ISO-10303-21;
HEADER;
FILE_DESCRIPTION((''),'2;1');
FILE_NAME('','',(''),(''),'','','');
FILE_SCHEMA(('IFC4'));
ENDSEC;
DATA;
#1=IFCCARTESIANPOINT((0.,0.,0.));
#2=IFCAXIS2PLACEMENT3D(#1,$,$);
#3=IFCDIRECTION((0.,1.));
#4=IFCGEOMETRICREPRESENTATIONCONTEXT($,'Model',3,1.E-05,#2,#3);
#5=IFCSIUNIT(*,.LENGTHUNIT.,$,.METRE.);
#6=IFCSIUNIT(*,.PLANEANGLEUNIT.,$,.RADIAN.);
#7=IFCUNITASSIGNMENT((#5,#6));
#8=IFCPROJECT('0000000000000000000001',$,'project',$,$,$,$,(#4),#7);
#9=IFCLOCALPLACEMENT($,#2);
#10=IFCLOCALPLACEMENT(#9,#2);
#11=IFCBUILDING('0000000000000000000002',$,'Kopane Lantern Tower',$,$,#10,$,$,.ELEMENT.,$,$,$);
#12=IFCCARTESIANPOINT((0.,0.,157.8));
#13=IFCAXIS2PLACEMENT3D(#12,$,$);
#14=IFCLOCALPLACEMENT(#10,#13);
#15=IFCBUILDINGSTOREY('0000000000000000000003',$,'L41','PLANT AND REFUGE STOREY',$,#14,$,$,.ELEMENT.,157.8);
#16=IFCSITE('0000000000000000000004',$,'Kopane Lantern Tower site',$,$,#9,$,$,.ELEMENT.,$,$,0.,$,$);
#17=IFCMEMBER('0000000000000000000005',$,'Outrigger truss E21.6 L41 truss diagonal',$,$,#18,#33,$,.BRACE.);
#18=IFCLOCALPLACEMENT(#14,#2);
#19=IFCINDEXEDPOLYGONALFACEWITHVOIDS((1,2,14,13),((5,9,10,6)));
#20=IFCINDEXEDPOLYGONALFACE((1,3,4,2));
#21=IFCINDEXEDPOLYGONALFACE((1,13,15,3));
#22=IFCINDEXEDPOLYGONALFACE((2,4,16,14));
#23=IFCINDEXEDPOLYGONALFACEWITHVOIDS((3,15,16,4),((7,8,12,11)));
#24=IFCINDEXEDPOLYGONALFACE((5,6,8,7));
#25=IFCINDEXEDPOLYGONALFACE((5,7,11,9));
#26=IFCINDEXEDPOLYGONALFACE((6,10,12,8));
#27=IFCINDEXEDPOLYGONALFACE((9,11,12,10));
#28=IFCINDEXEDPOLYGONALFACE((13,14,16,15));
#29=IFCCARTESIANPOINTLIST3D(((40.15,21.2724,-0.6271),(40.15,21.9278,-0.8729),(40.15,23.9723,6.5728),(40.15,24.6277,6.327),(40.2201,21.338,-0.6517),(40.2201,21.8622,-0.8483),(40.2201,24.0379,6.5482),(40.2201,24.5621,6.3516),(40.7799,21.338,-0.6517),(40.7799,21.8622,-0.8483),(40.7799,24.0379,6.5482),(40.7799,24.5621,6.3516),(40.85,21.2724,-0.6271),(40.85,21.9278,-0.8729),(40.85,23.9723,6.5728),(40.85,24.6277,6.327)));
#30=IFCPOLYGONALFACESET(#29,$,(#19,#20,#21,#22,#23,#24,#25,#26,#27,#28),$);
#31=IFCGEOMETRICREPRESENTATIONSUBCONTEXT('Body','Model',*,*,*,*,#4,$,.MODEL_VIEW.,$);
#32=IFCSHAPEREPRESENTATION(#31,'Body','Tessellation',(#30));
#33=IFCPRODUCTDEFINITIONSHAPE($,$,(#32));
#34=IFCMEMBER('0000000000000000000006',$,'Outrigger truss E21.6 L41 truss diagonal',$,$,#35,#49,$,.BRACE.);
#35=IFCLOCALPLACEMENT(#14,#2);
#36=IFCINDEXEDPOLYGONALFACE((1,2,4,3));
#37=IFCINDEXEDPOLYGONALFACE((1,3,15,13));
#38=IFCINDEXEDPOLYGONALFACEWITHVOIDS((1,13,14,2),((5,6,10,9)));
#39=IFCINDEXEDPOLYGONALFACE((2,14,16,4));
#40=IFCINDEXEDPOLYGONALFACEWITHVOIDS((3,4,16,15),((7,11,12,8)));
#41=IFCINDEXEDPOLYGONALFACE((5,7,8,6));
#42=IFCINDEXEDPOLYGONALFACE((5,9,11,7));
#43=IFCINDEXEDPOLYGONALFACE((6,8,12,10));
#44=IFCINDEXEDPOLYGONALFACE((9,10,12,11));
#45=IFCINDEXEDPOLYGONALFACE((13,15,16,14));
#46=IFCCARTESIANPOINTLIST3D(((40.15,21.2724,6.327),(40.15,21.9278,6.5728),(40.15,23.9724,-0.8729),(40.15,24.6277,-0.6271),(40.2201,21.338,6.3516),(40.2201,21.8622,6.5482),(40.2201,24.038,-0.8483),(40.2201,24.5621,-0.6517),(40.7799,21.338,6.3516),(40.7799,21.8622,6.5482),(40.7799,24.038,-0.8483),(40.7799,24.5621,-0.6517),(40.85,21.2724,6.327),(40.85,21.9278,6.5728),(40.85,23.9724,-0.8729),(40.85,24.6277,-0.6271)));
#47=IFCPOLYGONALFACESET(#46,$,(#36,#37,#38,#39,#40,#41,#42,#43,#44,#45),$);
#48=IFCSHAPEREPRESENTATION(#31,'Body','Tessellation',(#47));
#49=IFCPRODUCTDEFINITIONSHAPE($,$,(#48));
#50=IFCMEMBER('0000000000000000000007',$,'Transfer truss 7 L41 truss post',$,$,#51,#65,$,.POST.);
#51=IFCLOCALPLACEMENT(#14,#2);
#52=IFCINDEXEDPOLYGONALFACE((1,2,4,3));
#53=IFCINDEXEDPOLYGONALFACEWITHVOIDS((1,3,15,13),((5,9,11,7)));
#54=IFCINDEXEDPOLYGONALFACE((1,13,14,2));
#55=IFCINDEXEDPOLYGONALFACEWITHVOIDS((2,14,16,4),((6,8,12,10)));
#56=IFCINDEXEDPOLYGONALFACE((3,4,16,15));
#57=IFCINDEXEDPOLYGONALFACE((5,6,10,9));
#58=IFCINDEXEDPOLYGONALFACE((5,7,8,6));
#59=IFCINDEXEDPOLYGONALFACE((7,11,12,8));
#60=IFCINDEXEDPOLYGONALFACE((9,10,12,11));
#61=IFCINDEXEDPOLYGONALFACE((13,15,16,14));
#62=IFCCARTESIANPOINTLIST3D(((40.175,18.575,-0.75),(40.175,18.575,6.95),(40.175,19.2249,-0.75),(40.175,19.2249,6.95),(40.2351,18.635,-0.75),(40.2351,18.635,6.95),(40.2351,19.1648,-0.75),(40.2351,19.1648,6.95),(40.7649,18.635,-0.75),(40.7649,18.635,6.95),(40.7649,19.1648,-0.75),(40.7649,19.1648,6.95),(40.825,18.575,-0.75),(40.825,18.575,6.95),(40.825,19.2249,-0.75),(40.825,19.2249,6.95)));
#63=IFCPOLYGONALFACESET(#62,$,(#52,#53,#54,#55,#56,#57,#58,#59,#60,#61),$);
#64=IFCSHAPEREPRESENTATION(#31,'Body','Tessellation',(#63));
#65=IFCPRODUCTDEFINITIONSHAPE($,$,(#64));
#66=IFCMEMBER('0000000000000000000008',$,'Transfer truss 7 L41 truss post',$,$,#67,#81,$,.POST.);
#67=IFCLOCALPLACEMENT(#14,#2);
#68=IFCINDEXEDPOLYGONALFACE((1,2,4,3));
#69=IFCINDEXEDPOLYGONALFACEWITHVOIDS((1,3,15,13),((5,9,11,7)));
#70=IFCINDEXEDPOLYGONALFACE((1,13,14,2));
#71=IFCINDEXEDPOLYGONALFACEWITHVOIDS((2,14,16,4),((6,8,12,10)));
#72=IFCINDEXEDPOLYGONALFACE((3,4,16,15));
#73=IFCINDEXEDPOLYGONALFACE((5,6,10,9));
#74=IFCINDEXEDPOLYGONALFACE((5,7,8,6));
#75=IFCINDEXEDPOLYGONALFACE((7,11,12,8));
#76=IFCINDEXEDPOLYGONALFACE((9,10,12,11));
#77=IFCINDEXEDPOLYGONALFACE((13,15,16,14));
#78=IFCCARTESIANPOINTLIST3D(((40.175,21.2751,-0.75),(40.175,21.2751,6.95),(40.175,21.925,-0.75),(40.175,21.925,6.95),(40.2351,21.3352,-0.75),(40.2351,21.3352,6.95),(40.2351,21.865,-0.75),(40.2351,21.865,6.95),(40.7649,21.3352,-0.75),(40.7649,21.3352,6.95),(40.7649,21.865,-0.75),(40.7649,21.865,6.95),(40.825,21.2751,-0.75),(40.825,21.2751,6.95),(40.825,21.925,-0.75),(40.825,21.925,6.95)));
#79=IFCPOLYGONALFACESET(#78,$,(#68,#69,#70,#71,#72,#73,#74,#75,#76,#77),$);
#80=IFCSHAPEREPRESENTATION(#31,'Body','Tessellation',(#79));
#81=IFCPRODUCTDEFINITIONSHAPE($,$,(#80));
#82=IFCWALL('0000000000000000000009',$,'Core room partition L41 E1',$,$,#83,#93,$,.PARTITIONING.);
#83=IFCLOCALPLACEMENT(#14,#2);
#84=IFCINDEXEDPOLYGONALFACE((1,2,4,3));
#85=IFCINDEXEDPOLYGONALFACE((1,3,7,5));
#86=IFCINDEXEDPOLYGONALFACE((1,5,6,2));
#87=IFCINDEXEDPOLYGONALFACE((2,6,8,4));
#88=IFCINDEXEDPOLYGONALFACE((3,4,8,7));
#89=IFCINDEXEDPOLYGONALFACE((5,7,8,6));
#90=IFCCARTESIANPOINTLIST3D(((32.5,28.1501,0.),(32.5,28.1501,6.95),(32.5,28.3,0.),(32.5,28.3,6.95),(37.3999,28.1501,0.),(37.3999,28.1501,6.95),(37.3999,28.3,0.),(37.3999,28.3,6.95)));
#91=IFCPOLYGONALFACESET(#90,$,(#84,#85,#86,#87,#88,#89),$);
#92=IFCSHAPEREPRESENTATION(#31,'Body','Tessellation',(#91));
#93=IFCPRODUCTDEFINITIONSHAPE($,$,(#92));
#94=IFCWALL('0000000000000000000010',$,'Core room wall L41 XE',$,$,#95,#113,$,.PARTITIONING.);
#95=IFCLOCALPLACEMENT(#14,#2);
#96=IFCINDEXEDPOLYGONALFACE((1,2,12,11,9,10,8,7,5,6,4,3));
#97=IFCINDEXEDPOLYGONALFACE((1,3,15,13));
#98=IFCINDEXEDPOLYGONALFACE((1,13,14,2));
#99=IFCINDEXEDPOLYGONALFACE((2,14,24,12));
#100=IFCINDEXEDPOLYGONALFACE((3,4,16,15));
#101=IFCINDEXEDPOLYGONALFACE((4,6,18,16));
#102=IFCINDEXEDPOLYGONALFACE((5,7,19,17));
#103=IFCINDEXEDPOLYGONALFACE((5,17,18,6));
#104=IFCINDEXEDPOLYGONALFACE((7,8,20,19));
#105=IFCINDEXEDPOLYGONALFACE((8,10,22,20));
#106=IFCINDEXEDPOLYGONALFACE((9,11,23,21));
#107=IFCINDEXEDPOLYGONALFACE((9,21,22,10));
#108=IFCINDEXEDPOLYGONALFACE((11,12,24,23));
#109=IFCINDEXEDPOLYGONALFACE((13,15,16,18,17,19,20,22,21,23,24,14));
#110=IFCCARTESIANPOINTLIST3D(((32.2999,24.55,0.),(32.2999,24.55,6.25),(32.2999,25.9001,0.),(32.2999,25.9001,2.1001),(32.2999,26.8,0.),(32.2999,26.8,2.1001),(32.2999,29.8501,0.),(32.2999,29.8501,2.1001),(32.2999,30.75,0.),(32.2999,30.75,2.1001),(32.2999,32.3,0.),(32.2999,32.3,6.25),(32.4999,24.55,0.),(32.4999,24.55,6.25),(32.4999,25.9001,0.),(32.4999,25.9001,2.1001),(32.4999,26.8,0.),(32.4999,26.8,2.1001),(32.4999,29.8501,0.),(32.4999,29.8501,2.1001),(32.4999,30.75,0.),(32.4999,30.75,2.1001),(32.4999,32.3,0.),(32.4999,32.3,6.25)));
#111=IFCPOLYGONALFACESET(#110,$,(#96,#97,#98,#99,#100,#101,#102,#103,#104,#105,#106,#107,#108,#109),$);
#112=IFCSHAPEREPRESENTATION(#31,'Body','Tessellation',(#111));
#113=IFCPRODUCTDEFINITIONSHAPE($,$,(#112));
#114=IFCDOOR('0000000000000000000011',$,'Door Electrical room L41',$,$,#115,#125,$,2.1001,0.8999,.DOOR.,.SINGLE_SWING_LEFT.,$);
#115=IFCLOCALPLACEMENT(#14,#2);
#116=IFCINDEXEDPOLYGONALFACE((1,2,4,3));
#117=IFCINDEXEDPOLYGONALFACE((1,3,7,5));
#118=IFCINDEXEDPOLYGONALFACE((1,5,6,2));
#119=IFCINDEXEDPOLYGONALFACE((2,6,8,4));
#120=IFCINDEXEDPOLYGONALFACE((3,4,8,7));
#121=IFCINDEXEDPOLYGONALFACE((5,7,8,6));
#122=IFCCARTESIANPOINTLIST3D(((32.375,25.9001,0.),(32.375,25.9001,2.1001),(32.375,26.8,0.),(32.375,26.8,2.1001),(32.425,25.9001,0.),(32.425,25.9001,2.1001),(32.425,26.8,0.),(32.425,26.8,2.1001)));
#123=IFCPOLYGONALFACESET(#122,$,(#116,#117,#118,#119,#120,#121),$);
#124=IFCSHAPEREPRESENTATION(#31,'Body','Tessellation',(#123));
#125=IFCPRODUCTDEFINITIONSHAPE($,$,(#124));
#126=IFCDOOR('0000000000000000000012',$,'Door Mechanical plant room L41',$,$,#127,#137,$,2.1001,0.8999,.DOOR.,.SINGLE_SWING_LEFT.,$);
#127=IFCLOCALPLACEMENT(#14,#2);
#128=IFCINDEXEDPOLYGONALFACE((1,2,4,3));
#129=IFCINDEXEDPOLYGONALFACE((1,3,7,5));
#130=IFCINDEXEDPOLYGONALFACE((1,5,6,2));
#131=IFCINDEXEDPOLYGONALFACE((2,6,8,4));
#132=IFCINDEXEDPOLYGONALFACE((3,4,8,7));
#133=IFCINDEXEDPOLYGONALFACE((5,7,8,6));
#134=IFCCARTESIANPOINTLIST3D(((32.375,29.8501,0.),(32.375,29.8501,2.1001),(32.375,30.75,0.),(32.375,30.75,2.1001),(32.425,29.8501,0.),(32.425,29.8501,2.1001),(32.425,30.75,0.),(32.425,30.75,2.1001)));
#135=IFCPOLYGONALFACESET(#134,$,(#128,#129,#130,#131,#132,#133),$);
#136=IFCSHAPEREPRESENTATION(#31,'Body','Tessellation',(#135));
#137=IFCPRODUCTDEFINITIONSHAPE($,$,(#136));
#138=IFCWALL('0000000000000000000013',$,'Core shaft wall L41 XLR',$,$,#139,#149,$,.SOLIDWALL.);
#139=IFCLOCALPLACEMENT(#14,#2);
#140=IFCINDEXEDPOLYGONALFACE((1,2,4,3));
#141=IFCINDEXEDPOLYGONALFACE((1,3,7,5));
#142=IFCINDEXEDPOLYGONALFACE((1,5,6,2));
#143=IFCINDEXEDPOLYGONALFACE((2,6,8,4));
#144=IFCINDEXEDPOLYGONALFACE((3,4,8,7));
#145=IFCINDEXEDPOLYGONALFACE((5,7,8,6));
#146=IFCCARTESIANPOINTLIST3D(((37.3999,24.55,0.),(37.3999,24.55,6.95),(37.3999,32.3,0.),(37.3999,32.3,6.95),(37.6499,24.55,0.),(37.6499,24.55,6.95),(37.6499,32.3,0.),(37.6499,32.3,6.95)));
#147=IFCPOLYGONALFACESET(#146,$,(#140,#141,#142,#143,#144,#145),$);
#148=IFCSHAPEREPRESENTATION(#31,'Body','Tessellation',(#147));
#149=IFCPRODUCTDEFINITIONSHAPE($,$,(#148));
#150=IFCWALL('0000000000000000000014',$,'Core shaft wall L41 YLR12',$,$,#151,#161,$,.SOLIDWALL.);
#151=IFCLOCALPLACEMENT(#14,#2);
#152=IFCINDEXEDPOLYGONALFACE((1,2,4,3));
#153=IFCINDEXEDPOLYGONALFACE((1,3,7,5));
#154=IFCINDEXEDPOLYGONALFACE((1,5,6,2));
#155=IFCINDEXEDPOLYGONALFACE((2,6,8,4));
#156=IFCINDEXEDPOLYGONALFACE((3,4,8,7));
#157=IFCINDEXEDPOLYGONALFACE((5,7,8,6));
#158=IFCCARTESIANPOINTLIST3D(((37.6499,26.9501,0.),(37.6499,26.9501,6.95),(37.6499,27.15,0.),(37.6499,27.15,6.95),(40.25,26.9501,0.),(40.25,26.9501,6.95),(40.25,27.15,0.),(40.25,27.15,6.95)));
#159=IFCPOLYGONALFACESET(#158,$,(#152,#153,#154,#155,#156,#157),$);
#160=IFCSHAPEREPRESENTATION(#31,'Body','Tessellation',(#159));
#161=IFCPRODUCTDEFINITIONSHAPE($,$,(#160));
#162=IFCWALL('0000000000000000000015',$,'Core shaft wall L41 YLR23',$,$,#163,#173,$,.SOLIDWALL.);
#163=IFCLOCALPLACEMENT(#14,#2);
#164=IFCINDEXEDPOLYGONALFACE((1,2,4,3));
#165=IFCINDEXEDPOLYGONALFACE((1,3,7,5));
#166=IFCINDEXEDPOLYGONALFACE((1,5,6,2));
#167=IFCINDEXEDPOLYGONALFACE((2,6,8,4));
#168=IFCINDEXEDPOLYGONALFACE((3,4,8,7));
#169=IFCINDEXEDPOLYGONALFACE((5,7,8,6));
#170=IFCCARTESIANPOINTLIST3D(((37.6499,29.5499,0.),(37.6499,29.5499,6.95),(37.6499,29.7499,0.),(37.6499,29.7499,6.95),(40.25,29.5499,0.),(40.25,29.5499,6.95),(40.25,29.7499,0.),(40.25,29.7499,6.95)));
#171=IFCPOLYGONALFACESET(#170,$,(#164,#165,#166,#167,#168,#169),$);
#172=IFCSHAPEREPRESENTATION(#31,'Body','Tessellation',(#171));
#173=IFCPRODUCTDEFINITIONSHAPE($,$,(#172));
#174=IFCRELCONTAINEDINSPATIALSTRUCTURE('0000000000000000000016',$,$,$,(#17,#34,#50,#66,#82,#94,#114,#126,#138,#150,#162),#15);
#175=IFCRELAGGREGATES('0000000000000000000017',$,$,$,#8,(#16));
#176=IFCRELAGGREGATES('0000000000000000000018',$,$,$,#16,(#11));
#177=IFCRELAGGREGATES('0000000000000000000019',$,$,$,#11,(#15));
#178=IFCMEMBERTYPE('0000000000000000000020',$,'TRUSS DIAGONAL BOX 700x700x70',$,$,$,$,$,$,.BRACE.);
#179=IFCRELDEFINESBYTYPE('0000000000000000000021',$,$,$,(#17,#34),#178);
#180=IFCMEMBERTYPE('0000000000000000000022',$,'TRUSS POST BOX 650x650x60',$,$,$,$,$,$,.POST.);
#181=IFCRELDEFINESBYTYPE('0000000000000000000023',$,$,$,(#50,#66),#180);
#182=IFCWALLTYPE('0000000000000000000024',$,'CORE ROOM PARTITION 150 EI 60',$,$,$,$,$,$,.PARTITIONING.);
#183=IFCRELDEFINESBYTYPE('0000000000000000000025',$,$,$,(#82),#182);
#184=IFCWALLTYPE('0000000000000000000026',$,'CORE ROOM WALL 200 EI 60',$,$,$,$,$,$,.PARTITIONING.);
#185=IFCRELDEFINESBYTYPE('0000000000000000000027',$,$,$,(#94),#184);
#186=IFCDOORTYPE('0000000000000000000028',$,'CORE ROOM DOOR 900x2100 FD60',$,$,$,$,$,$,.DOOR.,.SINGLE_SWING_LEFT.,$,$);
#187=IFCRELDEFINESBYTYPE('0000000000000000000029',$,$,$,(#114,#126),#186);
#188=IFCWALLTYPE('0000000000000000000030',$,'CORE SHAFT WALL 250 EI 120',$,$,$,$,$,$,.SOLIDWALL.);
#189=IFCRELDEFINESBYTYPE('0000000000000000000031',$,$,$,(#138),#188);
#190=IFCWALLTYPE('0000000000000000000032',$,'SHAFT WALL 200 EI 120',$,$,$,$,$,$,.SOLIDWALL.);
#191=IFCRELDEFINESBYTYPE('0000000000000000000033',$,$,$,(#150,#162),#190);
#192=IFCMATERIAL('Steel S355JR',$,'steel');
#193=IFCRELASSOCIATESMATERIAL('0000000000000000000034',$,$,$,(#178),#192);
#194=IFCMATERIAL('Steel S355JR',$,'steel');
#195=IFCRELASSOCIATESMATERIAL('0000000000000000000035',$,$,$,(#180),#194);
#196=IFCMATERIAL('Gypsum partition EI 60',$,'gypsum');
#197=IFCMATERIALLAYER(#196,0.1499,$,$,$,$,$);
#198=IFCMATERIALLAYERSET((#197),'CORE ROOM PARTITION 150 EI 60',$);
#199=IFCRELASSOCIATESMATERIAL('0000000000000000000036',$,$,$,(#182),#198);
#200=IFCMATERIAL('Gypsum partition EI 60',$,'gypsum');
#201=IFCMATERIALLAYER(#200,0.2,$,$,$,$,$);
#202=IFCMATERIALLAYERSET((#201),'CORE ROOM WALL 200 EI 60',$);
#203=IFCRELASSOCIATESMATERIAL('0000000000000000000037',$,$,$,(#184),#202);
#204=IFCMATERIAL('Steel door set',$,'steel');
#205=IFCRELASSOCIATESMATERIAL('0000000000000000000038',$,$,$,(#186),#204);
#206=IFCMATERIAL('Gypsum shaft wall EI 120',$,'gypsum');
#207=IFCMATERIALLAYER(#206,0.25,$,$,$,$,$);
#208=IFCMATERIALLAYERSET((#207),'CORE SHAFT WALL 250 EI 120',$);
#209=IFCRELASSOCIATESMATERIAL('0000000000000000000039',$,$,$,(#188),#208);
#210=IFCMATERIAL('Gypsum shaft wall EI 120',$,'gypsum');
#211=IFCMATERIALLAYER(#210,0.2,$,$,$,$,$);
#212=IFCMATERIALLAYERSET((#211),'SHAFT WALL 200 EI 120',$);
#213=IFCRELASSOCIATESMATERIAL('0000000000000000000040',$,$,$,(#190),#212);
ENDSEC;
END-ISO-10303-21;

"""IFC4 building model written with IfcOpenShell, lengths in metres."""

from ifc_helpers import new_model, si_unit, direction, frame, frame_2d, origin, origin_2d, place, context, subcontext, project, spatial, rectangle, hollow_rectangle, extrude, material, layer, layer_set, material_profile, profile_set, type_object, element, fill, save


model = new_model("IFC4")

# Units and contexts
model_context = context("Model", 3, precision=1e-05, world=origin(), true_north=direction((0.0, 1.0)))
body_context = subcontext(model_context, "Body", "Model", "MODEL_VIEW")
ifc_project = project(units=[si_unit("LENGTHUNIT", "METRE"), si_unit("PLANEANGLEUNIT", "RADIAN")], contexts=[model_context])

# Site, building, storey
site_placement = place(None, origin())
site = spatial("IfcSite", under=ifc_project, at=site_placement, Name="Kopane Lantern Tower site", CompositionType="ELEMENT", RefElevation=0.0)
building_placement = place(site_placement, origin())
building = spatial("IfcBuilding", under=site, at=building_placement, Name="Kopane Lantern Tower", CompositionType="ELEMENT")
storey_placement = place(building_placement, frame((0.0, 0.0, 157.8)))
storey = spatial("IfcBuildingStorey", under=building, at=storey_placement, Name="L41", Description="PLANT AND REFUGE STOREY", CompositionType="ELEMENT", Elevation=157.8)

# Members
ifc_material_1 = material(Name="Steel S355JR", Category="steel")
ifc_material_profile_1 = material_profile(ifc_material_1, hollow_rectangle(XDim=0.7, YDim=0.7, WallThickness=0.0701, at=origin_2d()), Name="BOX 700x700x70")
ifc_profile_set_1 = profile_set([ifc_material_profile_1], Name="Steel S355JR")
member_type_1 = type_object("IfcMemberType", Name="TRUSS DIAGONAL BOX 700x700x70", PredefinedType="BRACE", material=ifc_profile_set_1)
for number, where, z_axis, x_axis, name in (
    (1, (40.5, 21.6001, -0.75), (0.0, 0.35112, 0.93633), (-1.0, 0.0, 0.0), "Outrigger truss E21.6 L41 truss diagonal"),
    (2, (40.5, 24.3, -0.75), (0.0, -0.35112, 0.93633), (1.0, 0.0, 0.0), "Outrigger truss E21.6 L41 truss diagonal"),
):
    element("IfcMember", number, at=place(storey_placement, frame(where, z_axis=z_axis, x_axis=x_axis)), inside=storey, type_object=member_type_1, Name=name, PredefinedType="BRACE", context=body_context, shape_type="SweptSolid", body=[
        extrude(hollow_rectangle(XDim=0.7, YDim=0.7, WallThickness=0.0701, at=origin_2d()), origin(), (0.0, 0.0, 1.0), 7.6895),
    ])
ifc_material_2 = material(Name="Steel S355JR", Category="steel")
ifc_material_profile_2 = material_profile(ifc_material_2, hollow_rectangle(XDim=0.6499, YDim=0.6499, WallThickness=0.0601, at=origin_2d()), Name="BOX 650x650x60")
ifc_profile_set_2 = profile_set([ifc_material_profile_2], Name="Steel S355JR")
member_type_2 = type_object("IfcMemberType", Name="TRUSS POST BOX 650x650x60", PredefinedType="POST", material=ifc_profile_set_2)
for number, where, z_axis, x_axis, name in (
    (3, (40.5, 18.8999, -0.75), (0.0, 0.0, 1.0), (1.0, 0.0, 0.0), "Transfer truss 7 L41 truss post"),
    (4, (40.5, 21.6001, -0.75), (0.0, 0.0, 1.0), (1.0, 0.0, 0.0), "Transfer truss 7 L41 truss post"),
):
    element("IfcMember", number, at=place(storey_placement, frame(where, z_axis=z_axis, x_axis=x_axis)), inside=storey, type_object=member_type_2, Name=name, PredefinedType="POST", context=body_context, shape_type="SweptSolid", body=[
        extrude(hollow_rectangle(XDim=0.6499, YDim=0.6499, WallThickness=0.0601, at=origin_2d()), origin(), (0.0, 0.0, 1.0), 7.7),
    ])

# Wall
ifc_material_3 = material(Name="Gypsum partition EI 60", Category="gypsum")
ifc_layer_1 = layer(ifc_material_3, 0.1499)
ifc_layer_set_1 = layer_set([ifc_layer_1], Name="CORE ROOM PARTITION 150 EI 60")
wall_type_1 = type_object("IfcWallType", Name="CORE ROOM PARTITION 150 EI 60", PredefinedType="PARTITIONING", material=ifc_layer_set_1)
wall_1_placement = place(storey_placement, frame((32.5, 28.2251, 0.0), z_axis=(0.0, 0.0, 1.0), x_axis=(1.0, 0.0, 0.0)))
element("IfcWall", 5, at=wall_1_placement, inside=storey, type_object=wall_type_1, Name="Core room partition L41 E1", PredefinedType="PARTITIONING", context=body_context, shape_type="SweptSolid", body=[
    extrude(rectangle(XDim=4.8999, YDim=0.1499, at=frame_2d((2.45, 0.0))), origin(), (0.0, 0.0, 1.0), 6.95),
])

# Wall, openings, doors
ifc_material_4 = material(Name="Gypsum partition EI 60", Category="gypsum")
ifc_layer_2 = layer(ifc_material_4, 0.2)
ifc_layer_set_2 = layer_set([ifc_layer_2], Name="CORE ROOM WALL 200 EI 60")
wall_type_2 = type_object("IfcWallType", Name="CORE ROOM WALL 200 EI 60", PredefinedType="PARTITIONING", material=ifc_layer_set_2)
wall_2_placement = place(storey_placement, frame((32.3999, 24.55, 0.0), z_axis=(0.0, 0.0, 1.0), x_axis=(0.0, 1.0, 0.0)))
wall_2 = element("IfcWall", 6, at=wall_2_placement, inside=storey, type_object=wall_type_2, Name="Core room wall L41 XE", PredefinedType="PARTITIONING", context=body_context, shape_type="SweptSolid", body=[
    extrude(rectangle(XDim=7.75, YDim=0.2, at=frame_2d((3.875, 0.0))), origin(), (0.0, 0.0, 1.0), 6.25),
])
opening_1_placement = place(wall_2_placement, frame((1.3501, 0.0, 0.0)))
opening_1 = element("IfcOpeningElement", 7, at=opening_1_placement, cuts=wall_2, PredefinedType="OPENING", context=body_context, shape_type="SweptSolid", body=[
    extrude(rectangle(XDim=0.8999, YDim=2.1001, at=frame_2d((0.45, 1.05))), frame((0.0, 0.1099, 0.0), z_axis=(0.0, -1.0, 0.0), x_axis=(1.0, 0.0, 0.0)), (0.0, 0.0, 1.0), 0.22),
])
opening_2_placement = place(wall_2_placement, frame((5.3, 0.0, 0.0)))
opening_2 = element("IfcOpeningElement", 8, at=opening_2_placement, cuts=wall_2, PredefinedType="OPENING", context=body_context, shape_type="SweptSolid", body=[
    extrude(rectangle(XDim=0.8999, YDim=2.1001, at=frame_2d((0.45, 1.05))), frame((0.0, 0.1099, 0.0), z_axis=(0.0, -1.0, 0.0), x_axis=(1.0, 0.0, 0.0)), (0.0, 0.0, 1.0), 0.22),
])
ifc_material_5 = material(Name="Steel door set", Category="steel")
door_type = type_object("IfcDoorType", Name="CORE ROOM DOOR 900x2100 FD60", OperationType="SINGLE_SWING_LEFT", PredefinedType="DOOR", material=ifc_material_5)
door_1_placement = place(opening_1_placement, origin())
door_1 = element("IfcDoor", 9, at=door_1_placement, inside=storey, type_object=door_type, Name="Door Electrical room L41", OperationType="SINGLE_SWING_LEFT", OverallHeight=2.1001, OverallWidth=0.8999, PredefinedType="DOOR", context=body_context, shape_type="SweptSolid", body=[
    extrude(rectangle(XDim=0.8999, YDim=2.1001, at=frame_2d((0.45, 1.05))), frame((0.0, 0.0249, 0.0), z_axis=(0.0, -1.0, 0.0), x_axis=(1.0, 0.0, 0.0)), (0.0, 0.0, 1.0), 0.05),
])
fill(opening_1, door_1)
door_2_placement = place(opening_2_placement, origin())
door_2 = element("IfcDoor", 10, at=door_2_placement, inside=storey, type_object=door_type, Name="Door Mechanical plant room L41", OperationType="SINGLE_SWING_LEFT", OverallHeight=2.1001, OverallWidth=0.8999, PredefinedType="DOOR", context=body_context, shape_type="SweptSolid", body=[
    extrude(rectangle(XDim=0.8999, YDim=2.1001, at=frame_2d((0.45, 1.05))), frame((0.0, 0.0249, 0.0), z_axis=(0.0, -1.0, 0.0), x_axis=(1.0, 0.0, 0.0)), (0.0, 0.0, 1.0), 0.05),
])
fill(opening_2, door_2)

# Walls
ifc_material_6 = material(Name="Gypsum shaft wall EI 120", Category="gypsum")
ifc_layer_3 = layer(ifc_material_6, 0.25)
ifc_layer_set_3 = layer_set([ifc_layer_3], Name="CORE SHAFT WALL 250 EI 120")
wall_type_3 = type_object("IfcWallType", Name="CORE SHAFT WALL 250 EI 120", PredefinedType="SOLIDWALL", material=ifc_layer_set_3)
wall_3_placement = place(storey_placement, frame((37.5249, 24.55, 0.0), z_axis=(0.0, 0.0, 1.0), x_axis=(0.0, 1.0, 0.0)))
element("IfcWall", 11, at=wall_3_placement, inside=storey, type_object=wall_type_3, Name="Core shaft wall L41 XLR", PredefinedType="SOLIDWALL", context=body_context, shape_type="SweptSolid", body=[
    extrude(rectangle(XDim=7.75, YDim=0.25, at=frame_2d((3.875, 0.0))), origin(), (0.0, 0.0, 1.0), 6.95),
])
ifc_material_7 = material(Name="Gypsum shaft wall EI 120", Category="gypsum")
ifc_layer_4 = layer(ifc_material_7, 0.2)
ifc_layer_set_4 = layer_set([ifc_layer_4], Name="SHAFT WALL 200 EI 120")
wall_type_4 = type_object("IfcWallType", Name="SHAFT WALL 200 EI 120", PredefinedType="SOLIDWALL", material=ifc_layer_set_4)
for number, where, z_axis, x_axis, name in (
    (12, (37.6499, 27.05, 0.0), (0.0, 0.0, 1.0), (1.0, 0.0, 0.0), "Core shaft wall L41 YLR12"),
    (13, (37.6499, 29.6499, 0.0), (0.0, 0.0, 1.0), (1.0, 0.0, 0.0), "Core shaft wall L41 YLR23"),
):
    element("IfcWall", number, at=place(storey_placement, frame(where, z_axis=z_axis, x_axis=x_axis)), inside=storey, type_object=wall_type_4, Name=name, PredefinedType="SOLIDWALL", context=body_context, shape_type="SweptSolid", body=[
        extrude(rectangle(XDim=2.6001, YDim=0.2, at=frame_2d((1.3, 0.0))), origin(), (0.0, 0.0, 1.0), 6.95),
    ])

save(model, "model.ifc")
